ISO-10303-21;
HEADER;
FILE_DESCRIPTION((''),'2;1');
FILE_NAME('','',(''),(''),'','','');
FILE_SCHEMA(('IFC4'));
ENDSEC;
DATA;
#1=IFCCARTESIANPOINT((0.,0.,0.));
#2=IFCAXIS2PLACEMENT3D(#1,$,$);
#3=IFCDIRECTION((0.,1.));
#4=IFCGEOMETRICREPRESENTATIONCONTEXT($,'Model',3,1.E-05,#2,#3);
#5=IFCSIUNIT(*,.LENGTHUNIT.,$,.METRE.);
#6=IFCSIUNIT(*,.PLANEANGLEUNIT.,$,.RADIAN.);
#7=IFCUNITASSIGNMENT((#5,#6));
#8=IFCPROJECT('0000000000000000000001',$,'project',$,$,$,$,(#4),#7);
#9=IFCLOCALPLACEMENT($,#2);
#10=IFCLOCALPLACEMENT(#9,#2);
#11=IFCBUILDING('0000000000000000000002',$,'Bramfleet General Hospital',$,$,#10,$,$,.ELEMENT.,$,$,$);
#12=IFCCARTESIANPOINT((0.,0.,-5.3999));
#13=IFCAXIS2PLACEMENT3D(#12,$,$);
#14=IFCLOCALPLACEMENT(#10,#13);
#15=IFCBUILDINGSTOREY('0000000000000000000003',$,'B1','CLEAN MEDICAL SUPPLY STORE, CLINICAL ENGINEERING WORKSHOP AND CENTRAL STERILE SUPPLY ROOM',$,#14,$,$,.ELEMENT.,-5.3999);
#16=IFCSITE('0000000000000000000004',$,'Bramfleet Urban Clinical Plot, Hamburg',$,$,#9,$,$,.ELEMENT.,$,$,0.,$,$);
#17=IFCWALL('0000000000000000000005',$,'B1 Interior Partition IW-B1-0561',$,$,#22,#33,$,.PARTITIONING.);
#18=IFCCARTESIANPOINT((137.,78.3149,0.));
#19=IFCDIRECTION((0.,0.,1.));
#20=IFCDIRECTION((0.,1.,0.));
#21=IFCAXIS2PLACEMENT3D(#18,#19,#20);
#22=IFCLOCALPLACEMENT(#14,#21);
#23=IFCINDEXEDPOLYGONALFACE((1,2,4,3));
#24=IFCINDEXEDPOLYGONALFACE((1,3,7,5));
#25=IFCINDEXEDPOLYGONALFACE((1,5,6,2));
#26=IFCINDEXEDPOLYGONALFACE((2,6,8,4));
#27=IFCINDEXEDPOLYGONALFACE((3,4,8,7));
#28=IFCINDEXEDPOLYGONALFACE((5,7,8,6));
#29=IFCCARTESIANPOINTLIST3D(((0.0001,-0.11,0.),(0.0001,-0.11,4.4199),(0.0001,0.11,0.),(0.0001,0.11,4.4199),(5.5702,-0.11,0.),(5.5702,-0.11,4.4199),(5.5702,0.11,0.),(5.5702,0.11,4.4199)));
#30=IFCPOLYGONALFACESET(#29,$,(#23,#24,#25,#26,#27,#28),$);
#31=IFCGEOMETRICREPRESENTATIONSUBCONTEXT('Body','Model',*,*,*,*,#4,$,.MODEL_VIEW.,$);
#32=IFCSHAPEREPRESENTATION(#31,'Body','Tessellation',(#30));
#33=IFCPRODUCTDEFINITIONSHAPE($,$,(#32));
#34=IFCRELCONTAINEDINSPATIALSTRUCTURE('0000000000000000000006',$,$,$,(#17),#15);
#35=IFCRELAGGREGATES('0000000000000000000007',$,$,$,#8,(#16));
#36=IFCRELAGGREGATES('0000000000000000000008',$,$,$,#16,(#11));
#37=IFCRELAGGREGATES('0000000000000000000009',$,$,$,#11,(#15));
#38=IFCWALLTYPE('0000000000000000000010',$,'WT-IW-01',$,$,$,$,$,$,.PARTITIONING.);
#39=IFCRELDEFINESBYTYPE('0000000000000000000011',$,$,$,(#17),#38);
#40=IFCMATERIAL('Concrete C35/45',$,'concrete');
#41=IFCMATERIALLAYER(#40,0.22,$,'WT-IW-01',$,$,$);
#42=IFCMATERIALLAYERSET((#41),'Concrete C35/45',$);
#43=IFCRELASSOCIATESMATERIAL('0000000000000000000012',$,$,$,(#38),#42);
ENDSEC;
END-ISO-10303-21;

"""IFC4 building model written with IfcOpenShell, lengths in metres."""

from ifc_helpers import new_model, si_unit, direction, frame, frame_2d, origin, place, context, subcontext, project, spatial, rectangle, extrude, material, layer, layer_set, type_object, element, save


model = new_model("IFC4")

# Units and contexts
model_context = context("Model", 3, precision=1e-05, world=origin(), true_north=direction((0.0, 1.0)))
body_context = subcontext(model_context, "Body", "Model", "MODEL_VIEW")
ifc_project = project(units=[si_unit("LENGTHUNIT", "METRE"), si_unit("PLANEANGLEUNIT", "RADIAN")], contexts=[model_context])

# Site, building, storey
site_placement = place(None, origin())
site = spatial("IfcSite", under=ifc_project, at=site_placement, Name="Bramfleet Urban Clinical Plot, Hamburg", CompositionType="ELEMENT", RefElevation=0.0)
building_placement = place(site_placement, origin())
building = spatial("IfcBuilding", under=site, at=building_placement, Name="Bramfleet General Hospital", CompositionType="ELEMENT")
storey_placement = place(building_placement, frame((0.0, 0.0, -5.3999)))
storey = spatial("IfcBuildingStorey", under=building, at=storey_placement, Name="B1", Description="CLEAN MEDICAL SUPPLY STORE, CLINICAL ENGINEERING WORKSHOP AND CENTRAL STERILE SUPPLY ROOM", CompositionType="ELEMENT", Elevation=-5.3999)

# Shared definitions
ifc_material_1 = material(Name="Concrete C35/45", Category="concrete")

# Shared definitions
ifc_layer_1 = layer(ifc_material_1, 0.22, Name="WT-IW-01")
ifc_layer_set_1 = layer_set([ifc_layer_1], Name="Concrete C35/45")
wall_type_1 = type_object("IfcWallType", Name="WT-IW-01", PredefinedType="PARTITIONING", material=ifc_layer_set_1)

# Wall
wall_1_placement = place(storey_placement, frame((137.0, 78.3149, 0.0), z_axis=(0.0, 0.0, 1.0), x_axis=(0.0, 1.0, 0.0)))
element("IfcWall", 1, at=wall_1_placement, inside=storey, type_object=wall_type_1, Name="B1 Interior Partition IW-B1-0561", PredefinedType="PARTITIONING", context=body_context, shape_type="SweptSolid", body=[
    extrude(rectangle(XDim=5.5701, YDim=0.22, at=frame_2d((2.7852, 0.0))), origin(), (0.0, 0.0, 1.0), 4.4199),
])

save(model, "model.ifc")
